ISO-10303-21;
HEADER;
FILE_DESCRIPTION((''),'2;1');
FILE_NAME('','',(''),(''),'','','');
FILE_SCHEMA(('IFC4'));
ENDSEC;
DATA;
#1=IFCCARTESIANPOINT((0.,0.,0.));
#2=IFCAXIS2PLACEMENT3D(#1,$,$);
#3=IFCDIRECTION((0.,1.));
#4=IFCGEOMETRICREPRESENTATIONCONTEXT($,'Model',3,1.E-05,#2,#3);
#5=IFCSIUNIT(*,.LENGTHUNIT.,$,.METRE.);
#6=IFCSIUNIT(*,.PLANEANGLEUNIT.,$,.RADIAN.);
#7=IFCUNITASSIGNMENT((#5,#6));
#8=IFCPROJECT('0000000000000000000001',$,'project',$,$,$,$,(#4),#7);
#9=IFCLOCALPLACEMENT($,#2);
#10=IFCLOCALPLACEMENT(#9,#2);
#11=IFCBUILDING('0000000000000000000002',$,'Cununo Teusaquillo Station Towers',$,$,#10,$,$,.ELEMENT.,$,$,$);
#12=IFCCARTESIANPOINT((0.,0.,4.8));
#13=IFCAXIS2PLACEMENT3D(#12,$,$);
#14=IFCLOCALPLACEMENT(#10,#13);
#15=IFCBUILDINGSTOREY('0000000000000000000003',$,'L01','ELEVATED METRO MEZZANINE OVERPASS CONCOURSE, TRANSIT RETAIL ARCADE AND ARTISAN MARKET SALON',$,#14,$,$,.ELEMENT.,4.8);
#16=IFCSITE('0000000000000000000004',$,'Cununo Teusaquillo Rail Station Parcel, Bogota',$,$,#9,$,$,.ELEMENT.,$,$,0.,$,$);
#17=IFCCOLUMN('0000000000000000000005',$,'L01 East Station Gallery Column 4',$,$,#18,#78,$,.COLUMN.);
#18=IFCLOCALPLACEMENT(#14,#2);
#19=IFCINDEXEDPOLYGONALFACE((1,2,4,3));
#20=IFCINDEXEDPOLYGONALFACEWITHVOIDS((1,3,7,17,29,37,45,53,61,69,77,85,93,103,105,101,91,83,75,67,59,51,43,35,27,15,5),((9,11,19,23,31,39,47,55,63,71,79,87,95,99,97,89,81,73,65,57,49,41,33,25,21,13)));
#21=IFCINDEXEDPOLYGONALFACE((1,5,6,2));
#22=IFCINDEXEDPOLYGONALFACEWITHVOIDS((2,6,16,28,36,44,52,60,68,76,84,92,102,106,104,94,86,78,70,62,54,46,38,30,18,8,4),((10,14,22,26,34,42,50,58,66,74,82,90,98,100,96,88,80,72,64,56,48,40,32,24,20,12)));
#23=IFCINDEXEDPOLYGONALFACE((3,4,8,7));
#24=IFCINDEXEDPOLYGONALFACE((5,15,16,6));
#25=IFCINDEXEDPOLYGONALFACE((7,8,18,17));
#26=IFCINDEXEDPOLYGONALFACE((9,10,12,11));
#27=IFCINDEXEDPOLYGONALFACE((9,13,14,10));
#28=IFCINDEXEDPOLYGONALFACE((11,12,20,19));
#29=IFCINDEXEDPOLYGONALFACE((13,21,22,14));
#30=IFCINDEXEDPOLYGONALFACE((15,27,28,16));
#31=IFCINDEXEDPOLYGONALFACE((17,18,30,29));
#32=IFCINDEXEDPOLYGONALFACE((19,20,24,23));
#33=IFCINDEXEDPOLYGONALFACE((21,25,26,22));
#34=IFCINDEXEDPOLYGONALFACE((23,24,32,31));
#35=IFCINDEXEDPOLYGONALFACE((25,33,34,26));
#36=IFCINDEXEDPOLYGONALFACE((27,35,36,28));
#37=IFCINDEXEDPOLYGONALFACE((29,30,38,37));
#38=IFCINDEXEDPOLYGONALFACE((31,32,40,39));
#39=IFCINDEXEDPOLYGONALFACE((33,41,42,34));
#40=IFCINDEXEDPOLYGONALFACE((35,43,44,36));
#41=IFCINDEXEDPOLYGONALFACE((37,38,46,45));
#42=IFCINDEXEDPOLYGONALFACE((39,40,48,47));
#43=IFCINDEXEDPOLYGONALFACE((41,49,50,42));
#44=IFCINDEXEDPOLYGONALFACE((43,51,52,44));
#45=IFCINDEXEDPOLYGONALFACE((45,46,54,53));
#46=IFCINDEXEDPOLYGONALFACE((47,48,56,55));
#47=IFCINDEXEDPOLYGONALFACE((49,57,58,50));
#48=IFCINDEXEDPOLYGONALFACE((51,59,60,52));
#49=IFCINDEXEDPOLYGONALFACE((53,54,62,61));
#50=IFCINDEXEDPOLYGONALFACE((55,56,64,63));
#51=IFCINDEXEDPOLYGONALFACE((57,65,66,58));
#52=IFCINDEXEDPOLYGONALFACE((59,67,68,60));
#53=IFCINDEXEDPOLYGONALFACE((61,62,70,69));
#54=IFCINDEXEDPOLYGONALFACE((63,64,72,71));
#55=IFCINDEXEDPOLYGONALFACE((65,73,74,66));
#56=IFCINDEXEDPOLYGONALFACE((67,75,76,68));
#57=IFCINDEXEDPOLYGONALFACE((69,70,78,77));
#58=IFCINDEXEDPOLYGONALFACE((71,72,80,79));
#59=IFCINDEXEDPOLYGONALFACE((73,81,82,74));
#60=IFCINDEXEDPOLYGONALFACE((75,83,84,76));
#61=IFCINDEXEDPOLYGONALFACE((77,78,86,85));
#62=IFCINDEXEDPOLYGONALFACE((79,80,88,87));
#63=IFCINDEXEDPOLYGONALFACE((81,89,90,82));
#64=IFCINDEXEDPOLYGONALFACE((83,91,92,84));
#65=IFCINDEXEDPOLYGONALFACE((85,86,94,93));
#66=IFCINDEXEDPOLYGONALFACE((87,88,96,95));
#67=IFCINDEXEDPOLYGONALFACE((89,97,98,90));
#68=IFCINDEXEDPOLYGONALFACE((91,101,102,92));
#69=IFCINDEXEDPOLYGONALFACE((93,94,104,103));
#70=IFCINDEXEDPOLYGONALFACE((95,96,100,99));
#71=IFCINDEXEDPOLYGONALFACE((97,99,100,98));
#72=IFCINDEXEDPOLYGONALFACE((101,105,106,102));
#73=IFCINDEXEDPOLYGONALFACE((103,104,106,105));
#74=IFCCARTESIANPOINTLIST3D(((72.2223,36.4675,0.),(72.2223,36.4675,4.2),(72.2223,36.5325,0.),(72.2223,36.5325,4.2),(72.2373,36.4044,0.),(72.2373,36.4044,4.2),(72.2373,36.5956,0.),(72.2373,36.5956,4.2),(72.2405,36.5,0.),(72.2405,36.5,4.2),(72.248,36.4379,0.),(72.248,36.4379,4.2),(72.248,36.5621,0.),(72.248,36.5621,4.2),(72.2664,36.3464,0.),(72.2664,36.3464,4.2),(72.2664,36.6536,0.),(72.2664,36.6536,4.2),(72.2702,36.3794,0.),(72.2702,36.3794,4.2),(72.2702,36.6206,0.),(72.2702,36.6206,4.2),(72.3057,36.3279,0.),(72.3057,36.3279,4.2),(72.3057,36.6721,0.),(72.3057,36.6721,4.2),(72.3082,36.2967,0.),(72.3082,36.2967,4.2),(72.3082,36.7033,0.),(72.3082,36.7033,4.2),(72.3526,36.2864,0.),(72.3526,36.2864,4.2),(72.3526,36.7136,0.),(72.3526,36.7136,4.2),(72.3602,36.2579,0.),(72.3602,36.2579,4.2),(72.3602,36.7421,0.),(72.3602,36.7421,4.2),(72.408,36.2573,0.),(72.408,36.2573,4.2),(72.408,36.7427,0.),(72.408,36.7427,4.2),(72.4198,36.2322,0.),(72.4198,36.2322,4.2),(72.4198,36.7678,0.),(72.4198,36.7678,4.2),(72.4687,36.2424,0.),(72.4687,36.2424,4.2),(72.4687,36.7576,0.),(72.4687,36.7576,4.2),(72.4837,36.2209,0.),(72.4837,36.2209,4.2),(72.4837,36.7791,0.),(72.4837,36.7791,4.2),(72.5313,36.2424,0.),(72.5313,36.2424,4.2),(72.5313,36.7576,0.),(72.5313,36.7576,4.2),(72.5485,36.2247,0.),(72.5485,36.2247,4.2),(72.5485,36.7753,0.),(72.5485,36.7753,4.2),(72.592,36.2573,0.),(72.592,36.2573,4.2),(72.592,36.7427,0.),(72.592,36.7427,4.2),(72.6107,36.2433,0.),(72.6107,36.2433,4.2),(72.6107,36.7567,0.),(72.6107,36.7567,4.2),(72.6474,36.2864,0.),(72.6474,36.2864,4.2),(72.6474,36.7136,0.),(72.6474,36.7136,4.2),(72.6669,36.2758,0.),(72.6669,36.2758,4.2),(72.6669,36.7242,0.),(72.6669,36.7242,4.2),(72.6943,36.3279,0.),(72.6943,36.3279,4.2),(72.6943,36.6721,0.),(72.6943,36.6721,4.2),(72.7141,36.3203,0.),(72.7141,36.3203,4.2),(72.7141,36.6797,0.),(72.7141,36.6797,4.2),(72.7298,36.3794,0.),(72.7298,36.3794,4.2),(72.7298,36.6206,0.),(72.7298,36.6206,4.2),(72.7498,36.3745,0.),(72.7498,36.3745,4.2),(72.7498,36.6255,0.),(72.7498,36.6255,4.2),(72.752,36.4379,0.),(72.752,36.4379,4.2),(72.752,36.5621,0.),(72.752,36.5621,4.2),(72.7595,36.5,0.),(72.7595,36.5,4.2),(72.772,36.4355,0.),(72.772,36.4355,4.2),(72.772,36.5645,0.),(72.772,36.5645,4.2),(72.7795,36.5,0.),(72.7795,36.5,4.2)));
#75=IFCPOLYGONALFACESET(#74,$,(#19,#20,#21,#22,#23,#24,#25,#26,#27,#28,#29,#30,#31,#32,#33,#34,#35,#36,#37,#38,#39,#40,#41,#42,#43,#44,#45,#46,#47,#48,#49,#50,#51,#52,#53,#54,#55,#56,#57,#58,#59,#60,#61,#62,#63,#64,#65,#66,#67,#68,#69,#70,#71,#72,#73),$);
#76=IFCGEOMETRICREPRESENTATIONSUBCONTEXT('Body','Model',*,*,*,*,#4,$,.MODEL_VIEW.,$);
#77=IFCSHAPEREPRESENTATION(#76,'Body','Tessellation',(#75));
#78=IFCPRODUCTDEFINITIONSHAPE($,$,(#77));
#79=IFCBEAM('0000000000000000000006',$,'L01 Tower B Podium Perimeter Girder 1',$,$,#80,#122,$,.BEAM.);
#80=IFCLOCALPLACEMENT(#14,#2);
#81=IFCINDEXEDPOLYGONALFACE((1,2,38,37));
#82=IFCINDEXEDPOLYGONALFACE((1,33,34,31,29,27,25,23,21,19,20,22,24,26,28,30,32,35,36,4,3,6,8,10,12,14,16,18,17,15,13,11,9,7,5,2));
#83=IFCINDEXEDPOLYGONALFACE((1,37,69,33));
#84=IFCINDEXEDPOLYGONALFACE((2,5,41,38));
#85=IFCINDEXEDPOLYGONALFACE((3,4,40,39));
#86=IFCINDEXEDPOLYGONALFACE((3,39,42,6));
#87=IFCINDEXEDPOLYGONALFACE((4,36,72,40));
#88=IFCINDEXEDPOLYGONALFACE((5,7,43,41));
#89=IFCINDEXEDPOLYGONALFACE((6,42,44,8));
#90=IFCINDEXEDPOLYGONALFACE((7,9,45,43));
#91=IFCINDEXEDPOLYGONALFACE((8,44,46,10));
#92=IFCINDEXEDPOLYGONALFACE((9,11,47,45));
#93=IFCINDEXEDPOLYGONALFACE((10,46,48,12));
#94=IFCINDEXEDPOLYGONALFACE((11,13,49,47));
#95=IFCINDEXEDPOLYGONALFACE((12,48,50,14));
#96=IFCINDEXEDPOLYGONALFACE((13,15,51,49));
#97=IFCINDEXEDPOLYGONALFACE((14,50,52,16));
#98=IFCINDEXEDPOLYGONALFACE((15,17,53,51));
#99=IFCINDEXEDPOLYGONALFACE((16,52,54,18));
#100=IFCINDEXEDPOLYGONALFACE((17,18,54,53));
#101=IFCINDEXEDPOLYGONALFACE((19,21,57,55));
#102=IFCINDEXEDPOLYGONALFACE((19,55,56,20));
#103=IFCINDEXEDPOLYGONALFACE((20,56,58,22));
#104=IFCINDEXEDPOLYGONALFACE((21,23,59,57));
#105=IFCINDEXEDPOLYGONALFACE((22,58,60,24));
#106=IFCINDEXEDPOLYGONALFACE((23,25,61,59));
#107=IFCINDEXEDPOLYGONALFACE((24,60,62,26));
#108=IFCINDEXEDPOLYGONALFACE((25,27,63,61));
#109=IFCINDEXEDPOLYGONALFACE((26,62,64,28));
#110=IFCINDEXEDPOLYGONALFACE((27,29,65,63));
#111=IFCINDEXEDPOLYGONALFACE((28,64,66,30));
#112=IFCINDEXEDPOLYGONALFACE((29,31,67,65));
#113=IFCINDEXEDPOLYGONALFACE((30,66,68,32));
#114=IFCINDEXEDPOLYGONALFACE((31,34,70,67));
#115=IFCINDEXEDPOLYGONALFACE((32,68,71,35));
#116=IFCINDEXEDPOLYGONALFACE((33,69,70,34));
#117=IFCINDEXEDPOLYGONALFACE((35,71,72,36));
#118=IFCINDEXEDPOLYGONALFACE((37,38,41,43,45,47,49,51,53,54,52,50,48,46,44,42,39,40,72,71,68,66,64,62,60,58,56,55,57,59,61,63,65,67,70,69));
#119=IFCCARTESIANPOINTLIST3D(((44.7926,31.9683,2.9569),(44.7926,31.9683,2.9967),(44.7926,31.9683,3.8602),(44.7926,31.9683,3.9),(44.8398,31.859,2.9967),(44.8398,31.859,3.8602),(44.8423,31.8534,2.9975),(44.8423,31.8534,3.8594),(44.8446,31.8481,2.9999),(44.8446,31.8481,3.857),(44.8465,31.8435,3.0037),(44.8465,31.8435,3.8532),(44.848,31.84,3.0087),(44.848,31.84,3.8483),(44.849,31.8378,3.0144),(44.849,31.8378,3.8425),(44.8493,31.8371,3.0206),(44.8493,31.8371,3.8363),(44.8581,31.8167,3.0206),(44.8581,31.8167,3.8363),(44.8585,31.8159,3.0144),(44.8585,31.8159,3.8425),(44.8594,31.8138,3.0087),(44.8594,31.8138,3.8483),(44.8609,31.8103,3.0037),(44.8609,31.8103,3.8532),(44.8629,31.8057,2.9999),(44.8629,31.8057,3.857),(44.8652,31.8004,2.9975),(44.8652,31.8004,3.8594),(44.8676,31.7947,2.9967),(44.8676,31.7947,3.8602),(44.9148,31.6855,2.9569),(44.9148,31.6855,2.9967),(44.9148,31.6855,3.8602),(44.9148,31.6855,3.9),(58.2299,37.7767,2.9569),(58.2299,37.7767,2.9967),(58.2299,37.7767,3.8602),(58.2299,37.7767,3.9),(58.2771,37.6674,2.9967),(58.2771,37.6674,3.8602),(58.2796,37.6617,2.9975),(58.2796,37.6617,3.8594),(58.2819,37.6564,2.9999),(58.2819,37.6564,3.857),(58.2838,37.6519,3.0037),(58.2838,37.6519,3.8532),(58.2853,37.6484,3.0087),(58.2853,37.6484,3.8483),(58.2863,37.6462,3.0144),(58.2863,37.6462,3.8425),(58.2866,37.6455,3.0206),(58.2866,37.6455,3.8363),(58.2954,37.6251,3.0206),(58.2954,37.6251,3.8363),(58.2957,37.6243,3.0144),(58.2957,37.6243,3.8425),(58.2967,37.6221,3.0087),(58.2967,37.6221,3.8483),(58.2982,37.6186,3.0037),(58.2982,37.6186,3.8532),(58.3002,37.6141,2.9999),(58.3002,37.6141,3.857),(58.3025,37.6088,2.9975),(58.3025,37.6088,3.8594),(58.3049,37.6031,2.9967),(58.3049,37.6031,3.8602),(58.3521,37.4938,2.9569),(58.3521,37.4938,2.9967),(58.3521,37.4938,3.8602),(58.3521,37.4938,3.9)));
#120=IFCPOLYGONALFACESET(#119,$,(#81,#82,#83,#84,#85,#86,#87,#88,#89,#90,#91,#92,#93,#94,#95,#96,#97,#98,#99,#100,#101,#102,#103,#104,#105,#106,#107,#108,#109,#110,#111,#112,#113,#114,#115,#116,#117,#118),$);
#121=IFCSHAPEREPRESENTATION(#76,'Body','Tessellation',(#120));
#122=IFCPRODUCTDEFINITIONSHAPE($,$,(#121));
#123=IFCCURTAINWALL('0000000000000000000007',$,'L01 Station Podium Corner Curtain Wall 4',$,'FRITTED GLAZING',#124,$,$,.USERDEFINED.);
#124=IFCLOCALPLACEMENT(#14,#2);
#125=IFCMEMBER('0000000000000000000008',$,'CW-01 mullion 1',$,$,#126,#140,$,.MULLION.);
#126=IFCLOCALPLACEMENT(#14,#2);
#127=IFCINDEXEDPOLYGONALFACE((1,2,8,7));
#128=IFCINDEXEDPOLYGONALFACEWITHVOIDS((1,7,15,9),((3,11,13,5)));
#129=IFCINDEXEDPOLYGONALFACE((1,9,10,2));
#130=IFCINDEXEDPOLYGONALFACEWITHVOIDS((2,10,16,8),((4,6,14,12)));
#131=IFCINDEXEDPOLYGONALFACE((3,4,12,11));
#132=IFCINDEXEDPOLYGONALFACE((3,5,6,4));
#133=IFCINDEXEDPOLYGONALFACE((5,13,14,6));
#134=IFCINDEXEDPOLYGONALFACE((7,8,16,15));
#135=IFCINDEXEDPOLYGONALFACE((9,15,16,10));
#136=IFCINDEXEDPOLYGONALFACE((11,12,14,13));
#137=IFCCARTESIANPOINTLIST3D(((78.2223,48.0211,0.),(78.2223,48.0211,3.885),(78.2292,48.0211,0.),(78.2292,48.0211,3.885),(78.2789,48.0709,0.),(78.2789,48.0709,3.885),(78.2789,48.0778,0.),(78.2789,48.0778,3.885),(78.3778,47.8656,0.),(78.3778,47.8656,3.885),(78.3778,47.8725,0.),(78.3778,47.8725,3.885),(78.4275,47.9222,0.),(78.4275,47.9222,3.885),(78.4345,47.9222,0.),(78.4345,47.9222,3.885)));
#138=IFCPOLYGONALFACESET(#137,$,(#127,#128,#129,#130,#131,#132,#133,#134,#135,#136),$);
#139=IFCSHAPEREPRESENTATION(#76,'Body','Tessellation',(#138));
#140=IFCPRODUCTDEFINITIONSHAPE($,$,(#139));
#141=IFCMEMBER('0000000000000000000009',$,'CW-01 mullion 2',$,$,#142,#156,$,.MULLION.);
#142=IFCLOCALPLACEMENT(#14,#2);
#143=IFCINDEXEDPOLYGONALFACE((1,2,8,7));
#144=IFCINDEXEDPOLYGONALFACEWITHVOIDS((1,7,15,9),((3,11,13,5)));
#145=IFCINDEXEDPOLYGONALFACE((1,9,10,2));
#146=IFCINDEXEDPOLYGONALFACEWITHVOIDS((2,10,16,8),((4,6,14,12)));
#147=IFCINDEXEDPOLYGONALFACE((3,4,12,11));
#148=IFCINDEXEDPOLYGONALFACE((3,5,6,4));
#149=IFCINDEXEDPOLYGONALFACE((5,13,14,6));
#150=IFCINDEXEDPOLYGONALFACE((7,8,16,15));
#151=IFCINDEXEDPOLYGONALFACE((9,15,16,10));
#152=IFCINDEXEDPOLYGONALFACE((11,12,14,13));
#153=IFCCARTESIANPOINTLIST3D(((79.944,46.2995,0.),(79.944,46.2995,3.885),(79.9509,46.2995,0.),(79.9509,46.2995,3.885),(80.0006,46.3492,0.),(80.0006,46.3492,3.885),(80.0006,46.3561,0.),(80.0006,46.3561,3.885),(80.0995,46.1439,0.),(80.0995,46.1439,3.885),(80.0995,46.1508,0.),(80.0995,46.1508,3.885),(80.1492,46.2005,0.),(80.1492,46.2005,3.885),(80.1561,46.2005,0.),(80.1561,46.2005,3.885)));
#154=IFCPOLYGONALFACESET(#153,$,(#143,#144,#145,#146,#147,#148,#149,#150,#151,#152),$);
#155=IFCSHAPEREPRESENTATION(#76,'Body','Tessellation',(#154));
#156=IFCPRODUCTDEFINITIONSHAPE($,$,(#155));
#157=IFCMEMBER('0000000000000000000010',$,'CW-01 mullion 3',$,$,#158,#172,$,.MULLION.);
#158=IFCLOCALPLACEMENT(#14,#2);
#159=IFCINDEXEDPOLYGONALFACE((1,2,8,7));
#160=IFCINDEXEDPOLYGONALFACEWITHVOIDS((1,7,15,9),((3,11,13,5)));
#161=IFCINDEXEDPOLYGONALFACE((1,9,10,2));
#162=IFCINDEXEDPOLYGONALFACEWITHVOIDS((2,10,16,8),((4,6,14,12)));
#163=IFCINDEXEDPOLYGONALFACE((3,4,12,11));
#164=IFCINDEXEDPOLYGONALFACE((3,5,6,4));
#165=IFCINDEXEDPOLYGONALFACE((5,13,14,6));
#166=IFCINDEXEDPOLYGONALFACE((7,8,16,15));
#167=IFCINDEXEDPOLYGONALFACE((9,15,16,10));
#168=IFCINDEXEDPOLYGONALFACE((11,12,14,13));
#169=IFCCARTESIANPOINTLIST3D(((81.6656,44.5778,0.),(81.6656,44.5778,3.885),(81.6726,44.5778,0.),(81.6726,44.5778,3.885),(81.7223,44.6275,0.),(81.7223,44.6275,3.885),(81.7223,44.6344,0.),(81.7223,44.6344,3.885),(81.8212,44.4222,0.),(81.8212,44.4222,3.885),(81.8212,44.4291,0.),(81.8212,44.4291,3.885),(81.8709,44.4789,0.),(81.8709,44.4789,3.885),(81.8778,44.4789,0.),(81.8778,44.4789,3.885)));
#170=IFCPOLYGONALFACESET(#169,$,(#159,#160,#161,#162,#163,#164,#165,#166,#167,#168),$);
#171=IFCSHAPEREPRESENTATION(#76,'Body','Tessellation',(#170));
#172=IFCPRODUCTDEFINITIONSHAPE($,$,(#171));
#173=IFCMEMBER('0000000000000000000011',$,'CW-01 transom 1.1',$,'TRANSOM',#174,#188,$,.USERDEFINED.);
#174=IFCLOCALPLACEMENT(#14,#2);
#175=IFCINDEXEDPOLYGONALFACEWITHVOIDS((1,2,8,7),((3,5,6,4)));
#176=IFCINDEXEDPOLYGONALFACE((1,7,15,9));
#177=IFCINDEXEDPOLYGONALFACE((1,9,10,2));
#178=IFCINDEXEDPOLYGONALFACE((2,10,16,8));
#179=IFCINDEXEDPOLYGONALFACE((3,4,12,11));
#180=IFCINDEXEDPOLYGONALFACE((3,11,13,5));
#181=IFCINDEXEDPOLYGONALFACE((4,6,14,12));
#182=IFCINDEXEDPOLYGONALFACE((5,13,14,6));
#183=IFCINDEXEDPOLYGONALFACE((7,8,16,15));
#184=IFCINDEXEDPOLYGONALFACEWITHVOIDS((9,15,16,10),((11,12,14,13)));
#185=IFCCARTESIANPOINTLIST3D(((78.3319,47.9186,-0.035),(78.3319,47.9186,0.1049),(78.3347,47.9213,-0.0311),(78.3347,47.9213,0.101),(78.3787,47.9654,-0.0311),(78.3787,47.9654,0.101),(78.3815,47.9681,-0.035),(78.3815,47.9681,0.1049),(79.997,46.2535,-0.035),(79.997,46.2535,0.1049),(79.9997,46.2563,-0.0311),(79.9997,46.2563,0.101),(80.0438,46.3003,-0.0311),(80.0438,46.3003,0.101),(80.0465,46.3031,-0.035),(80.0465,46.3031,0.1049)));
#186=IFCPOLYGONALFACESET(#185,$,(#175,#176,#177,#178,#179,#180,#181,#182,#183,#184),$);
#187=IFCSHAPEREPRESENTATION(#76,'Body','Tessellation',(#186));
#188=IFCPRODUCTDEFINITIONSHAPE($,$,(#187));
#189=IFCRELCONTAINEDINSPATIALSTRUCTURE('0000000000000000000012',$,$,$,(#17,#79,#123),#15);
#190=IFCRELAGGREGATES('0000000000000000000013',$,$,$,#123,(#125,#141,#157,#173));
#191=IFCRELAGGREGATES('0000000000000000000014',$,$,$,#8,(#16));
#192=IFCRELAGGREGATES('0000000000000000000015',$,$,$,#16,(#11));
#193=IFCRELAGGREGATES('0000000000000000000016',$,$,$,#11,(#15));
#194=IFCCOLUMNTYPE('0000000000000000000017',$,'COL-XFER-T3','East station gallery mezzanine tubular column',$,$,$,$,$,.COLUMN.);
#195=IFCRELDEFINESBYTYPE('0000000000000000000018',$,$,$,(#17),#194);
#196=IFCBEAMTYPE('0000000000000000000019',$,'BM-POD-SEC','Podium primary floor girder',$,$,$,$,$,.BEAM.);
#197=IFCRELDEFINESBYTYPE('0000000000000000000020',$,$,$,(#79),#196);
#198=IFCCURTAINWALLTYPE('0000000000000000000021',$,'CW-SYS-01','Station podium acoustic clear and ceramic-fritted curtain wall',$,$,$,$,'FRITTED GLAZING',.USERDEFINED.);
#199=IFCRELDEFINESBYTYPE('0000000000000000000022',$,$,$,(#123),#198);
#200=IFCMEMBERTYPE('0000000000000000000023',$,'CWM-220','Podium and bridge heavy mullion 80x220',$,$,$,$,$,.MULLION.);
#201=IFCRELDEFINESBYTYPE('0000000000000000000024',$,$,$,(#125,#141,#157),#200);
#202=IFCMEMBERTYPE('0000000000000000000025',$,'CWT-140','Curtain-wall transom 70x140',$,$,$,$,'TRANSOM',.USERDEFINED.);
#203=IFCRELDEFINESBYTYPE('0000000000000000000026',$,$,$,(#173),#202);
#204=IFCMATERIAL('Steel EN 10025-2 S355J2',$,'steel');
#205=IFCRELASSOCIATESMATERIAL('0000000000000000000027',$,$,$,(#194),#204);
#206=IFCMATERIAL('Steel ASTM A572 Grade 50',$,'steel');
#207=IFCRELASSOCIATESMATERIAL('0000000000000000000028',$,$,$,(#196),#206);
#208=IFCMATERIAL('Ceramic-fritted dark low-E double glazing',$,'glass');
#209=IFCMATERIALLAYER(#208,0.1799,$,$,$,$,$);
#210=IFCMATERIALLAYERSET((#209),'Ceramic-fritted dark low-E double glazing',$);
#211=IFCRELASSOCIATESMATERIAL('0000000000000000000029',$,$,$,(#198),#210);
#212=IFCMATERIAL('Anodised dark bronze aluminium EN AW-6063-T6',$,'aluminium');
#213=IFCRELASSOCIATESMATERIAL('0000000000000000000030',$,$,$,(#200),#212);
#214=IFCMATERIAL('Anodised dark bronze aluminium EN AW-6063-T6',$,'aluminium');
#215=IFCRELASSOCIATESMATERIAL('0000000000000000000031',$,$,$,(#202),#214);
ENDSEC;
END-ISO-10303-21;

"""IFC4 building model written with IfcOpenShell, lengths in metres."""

from ifc_helpers import new_model, si_unit, direction, frame, origin, origin_2d, place, context, subcontext, project, spatial, hollow_rectangle, hollow_circle, i_section, extrude, material, layer, layer_set, material_profile, profile_set, type_object, element, aggregate, save


model = new_model("IFC4")

# Units and contexts
model_context = context("Model", 3, precision=1e-05, world=origin(), true_north=direction((0.0, 1.0)))
body_context = subcontext(model_context, "Body", "Model", "MODEL_VIEW")
ifc_project = project(units=[si_unit("LENGTHUNIT", "METRE"), si_unit("PLANEANGLEUNIT", "RADIAN")], contexts=[model_context])

# Site, building, storey
site_placement = place(None, origin())
site = spatial("IfcSite", under=ifc_project, at=site_placement, Name="Cununo Teusaquillo Rail Station Parcel, Bogota", CompositionType="ELEMENT", RefElevation=0.0)
building_placement = place(site_placement, origin())
building = spatial("IfcBuilding", under=site, at=building_placement, Name="Cununo Teusaquillo Station Towers", CompositionType="ELEMENT")
storey_placement = place(building_placement, frame((0.0, 0.0, 4.8)))
storey = spatial("IfcBuildingStorey", under=building, at=storey_placement, Name="L01", Description="ELEVATED METRO MEZZANINE OVERPASS CONCOURSE, TRANSIT RETAIL ARCADE AND ARTISAN MARKET SALON", CompositionType="ELEMENT", Elevation=4.8)

# Column
ifc_material_1 = material(Name="Steel EN 10025-2 S355J2", Category="steel")
ifc_material_profile_1 = material_profile(ifc_material_1, hollow_circle(Radius=0.2795, WallThickness=0.02, at=origin_2d()), Name="CHS 559x20")
ifc_profile_set_1 = profile_set([ifc_material_profile_1], Name="Steel EN 10025-2 S355J2")
column_type_1 = type_object("IfcColumnType", Name="COL-XFER-T3", Description="East station gallery mezzanine tubular column", PredefinedType="COLUMN", material=ifc_profile_set_1)
for number, where, z_axis, x_axis, name in (
    (1, (72.5, 36.5, 0.0), (0.0, 0.0, 1.0), (1.0, 0.0, 0.0), "L01 East Station Gallery Column 4"),
):
    element("IfcColumn", number, at=place(storey_placement, frame(where, z_axis=z_axis, x_axis=x_axis)), inside=storey, type_object=column_type_1, Name=name, PredefinedType="COLUMN", context=body_context, shape_type="SweptSolid", body=[
        extrude(hollow_circle(Radius=0.2795, WallThickness=0.02, at=origin_2d()), origin(), (0.0, 0.0, 1.0), 4.2),
    ])

# Beam
ifc_material_2 = material(Name="Steel ASTM A572 Grade 50", Category="steel")
ifc_material_profile_2 = material_profile(ifc_material_2, i_section(OverallWidth=0.3081, OverallDepth=0.9431, WebThickness=0.0222, FlangeThickness=0.0398, FilletRadius=0.0239, at=origin_2d()), Name="W36X232")
ifc_profile_set_2 = profile_set([ifc_material_profile_2], Name="Steel ASTM A572 Grade 50")
beam_type = type_object("IfcBeamType", Name="BM-POD-SEC", Description="Podium primary floor girder", PredefinedType="BEAM", material=ifc_profile_set_2)
beam_placement = place(storey_placement, frame((58.291, 37.6353, 3.4285), z_axis=(-0.917916, -0.396776, 0.0), x_axis=(0.396776, -0.917916, 0.0)))
element("IfcBeam", 2, at=beam_placement, inside=storey, type_object=beam_type, Name="L01 Tower B Podium Perimeter Girder 1", PredefinedType="BEAM", context=body_context, shape_type="SweptSolid", body=[
    extrude(i_section(OverallWidth=0.3081, OverallDepth=0.9431, WebThickness=0.0222, FlangeThickness=0.0398, FilletRadius=0.0239, at=origin_2d()), origin(), (0.0, 0.0, 1.0), 14.6389),
])

# Curtain wall, members
ifc_material_3 = material(Name="Ceramic-fritted dark low-E double glazing", Category="glass")
ifc_layer_1 = layer(ifc_material_3, 0.1799)
ifc_layer_set_1 = layer_set([ifc_layer_1], Name="Ceramic-fritted dark low-E double glazing")
curtain_wall_type = type_object("IfcCurtainWallType", Name="CW-SYS-01", Description="Station podium acoustic clear and ceramic-fritted curtain wall", ElementType="FRITTED GLAZING", PredefinedType="USERDEFINED", material=ifc_layer_set_1)
curtain_wall_placement = place(storey_placement, origin())
curtain_wall = element("IfcCurtainWall", 3, at=curtain_wall_placement, inside=storey, type_object=curtain_wall_type, Name="L01 Station Podium Corner Curtain Wall 4", ObjectType="FRITTED GLAZING", PredefinedType="USERDEFINED")
ifc_material_4 = material(Name="Anodised dark bronze aluminium EN AW-6063-T6", Category="aluminium")
ifc_material_profile_3 = material_profile(ifc_material_4, hollow_rectangle(XDim=0.0801, YDim=0.22, WallThickness=0.0049, at=origin_2d()), Name="CW-MULL-80x220")
ifc_profile_set_3 = profile_set([ifc_material_profile_3], Name="Anodised dark bronze aluminium EN AW-6063-T6")
member_type_1 = type_object("IfcMemberType", Name="CWM-220", Description="Podium and bridge heavy mullion 80x220", PredefinedType="MULLION", material=ifc_profile_set_3)
member_1_placement = place(storey_placement, frame((78.3284, 47.9717, 0.0), z_axis=(0.0, 0.0, 1.0), x_axis=(0.707107, 0.707107, 0.0)))
member_1 = element("IfcMember", 4, at=member_1_placement, type_object=member_type_1, Name="CW-01 mullion 1", PredefinedType="MULLION", context=body_context, shape_type="SweptSolid", body=[
    extrude(hollow_rectangle(XDim=0.0801, YDim=0.22, WallThickness=0.0049, at=origin_2d()), origin(), (0.0, 0.0, 1.0), 3.885),
])
member_2_placement = place(storey_placement, frame((80.05, 46.25, 0.0), z_axis=(0.0, 0.0, 1.0), x_axis=(0.707107, 0.707107, 0.0)))
member_2 = element("IfcMember", 5, at=member_2_placement, type_object=member_type_1, Name="CW-01 mullion 2", PredefinedType="MULLION", context=body_context, shape_type="SweptSolid", body=[
    extrude(hollow_rectangle(XDim=0.0801, YDim=0.22, WallThickness=0.0049, at=origin_2d()), origin(), (0.0, 0.0, 1.0), 3.885),
])
member_3_placement = place(storey_placement, frame((81.7717, 44.5283, 0.0), z_axis=(0.0, 0.0, 1.0), x_axis=(0.707107, 0.707107, 0.0)))
member_3 = element("IfcMember", 6, at=member_3_placement, type_object=member_type_1, Name="CW-01 mullion 3", PredefinedType="MULLION", context=body_context, shape_type="SweptSolid", body=[
    extrude(hollow_rectangle(XDim=0.0801, YDim=0.22, WallThickness=0.0049, at=origin_2d()), origin(), (0.0, 0.0, 1.0), 3.885),
])
ifc_material_5 = material(Name="Anodised dark bronze aluminium EN AW-6063-T6", Category="aluminium")
ifc_material_profile_4 = material_profile(ifc_material_5, hollow_rectangle(XDim=0.0701, YDim=0.1399, WallThickness=0.0039, at=origin_2d()), Name="CW-TRAN-70x140")
ifc_profile_set_4 = profile_set([ifc_material_profile_4], Name="Anodised dark bronze aluminium EN AW-6063-T6")
member_type_2 = type_object("IfcMemberType", Name="CWT-140", Description="Curtain-wall transom 70x140", ElementType="TRANSOM", PredefinedType="USERDEFINED", material=ifc_profile_set_4)
member_4_placement = place(storey_placement, frame((78.3567, 47.9434, 0.0349), z_axis=(0.707107, -0.707107, 0.0), x_axis=(0.707107, 0.707107, 0.0)))
member_4 = element("IfcMember", 7, at=member_4_placement, type_object=member_type_2, Name="CW-01 transom 1.1", ObjectType="TRANSOM", PredefinedType="USERDEFINED", context=body_context, shape_type="SweptSolid", body=[
    extrude(hollow_rectangle(XDim=0.0701, YDim=0.1399, WallThickness=0.0039, at=origin_2d()), origin(), (0.0, 0.0, 1.0), 2.3547),
])

aggregate(curtain_wall, [member_1, member_2, member_3, member_4])

save(model, "model.ifc")
